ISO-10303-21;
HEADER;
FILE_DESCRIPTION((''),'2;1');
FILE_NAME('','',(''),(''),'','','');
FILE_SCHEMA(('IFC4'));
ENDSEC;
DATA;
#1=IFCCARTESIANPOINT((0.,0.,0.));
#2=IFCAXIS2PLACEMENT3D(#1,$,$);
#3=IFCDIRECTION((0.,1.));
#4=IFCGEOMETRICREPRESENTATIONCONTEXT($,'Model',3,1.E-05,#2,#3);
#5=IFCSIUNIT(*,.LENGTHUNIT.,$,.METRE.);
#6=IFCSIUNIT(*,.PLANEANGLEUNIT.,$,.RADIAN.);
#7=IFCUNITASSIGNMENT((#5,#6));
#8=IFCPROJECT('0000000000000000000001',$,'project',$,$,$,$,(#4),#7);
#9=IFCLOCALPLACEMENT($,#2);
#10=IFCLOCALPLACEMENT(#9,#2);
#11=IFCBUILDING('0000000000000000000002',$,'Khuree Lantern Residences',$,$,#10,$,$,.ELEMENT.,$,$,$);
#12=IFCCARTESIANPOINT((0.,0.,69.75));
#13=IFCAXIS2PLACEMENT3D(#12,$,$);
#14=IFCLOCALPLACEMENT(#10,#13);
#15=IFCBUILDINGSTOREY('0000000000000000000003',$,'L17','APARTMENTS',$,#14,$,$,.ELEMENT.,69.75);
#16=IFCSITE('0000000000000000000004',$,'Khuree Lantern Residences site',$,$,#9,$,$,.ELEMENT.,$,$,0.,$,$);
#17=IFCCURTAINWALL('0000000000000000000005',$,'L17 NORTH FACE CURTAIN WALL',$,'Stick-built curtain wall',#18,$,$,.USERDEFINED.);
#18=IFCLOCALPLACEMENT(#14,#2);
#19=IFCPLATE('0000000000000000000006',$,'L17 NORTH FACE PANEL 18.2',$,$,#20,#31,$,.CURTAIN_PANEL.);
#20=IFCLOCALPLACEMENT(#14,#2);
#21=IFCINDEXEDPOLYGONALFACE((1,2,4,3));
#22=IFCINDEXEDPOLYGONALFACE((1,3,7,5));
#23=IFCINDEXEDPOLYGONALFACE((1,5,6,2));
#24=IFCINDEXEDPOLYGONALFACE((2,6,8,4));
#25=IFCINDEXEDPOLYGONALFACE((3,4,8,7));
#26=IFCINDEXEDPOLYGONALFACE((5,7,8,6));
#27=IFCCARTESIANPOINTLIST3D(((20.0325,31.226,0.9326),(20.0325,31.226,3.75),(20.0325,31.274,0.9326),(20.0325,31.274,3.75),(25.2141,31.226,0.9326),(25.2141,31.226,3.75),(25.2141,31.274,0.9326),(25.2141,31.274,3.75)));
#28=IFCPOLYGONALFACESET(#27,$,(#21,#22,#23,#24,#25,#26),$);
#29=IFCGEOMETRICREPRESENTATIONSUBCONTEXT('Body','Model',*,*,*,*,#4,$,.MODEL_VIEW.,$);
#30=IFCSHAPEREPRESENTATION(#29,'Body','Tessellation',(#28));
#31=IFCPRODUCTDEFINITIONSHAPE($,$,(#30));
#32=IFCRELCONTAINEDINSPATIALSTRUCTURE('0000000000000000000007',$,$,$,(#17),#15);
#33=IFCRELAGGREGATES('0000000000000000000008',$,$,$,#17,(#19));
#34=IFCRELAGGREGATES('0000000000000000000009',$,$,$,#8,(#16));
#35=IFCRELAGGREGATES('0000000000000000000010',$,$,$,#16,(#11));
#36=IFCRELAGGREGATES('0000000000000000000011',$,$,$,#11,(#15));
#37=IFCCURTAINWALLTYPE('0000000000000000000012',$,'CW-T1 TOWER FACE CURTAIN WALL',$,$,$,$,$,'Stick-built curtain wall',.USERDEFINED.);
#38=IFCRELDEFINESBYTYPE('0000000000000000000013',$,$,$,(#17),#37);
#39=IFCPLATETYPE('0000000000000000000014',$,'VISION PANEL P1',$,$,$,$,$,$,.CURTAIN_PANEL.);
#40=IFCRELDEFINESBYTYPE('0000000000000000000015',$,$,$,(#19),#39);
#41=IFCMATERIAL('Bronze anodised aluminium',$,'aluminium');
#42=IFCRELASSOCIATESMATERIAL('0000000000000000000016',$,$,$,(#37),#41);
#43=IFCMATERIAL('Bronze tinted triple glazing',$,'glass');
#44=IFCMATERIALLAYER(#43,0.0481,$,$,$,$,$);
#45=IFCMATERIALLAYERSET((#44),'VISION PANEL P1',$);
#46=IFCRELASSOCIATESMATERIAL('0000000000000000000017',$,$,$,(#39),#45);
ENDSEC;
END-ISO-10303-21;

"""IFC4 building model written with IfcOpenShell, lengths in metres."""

from ifc_helpers import new_model, si_unit, direction, frame, origin, origin_2d, place, context, subcontext, project, spatial, rectangle, extrude, material, layer, layer_set, type_object, element, aggregate, save


model = new_model("IFC4")

# Units and contexts
model_context = context("Model", 3, precision=1e-05, world=origin(), true_north=direction((0.0, 1.0)))
body_context = subcontext(model_context, "Body", "Model", "MODEL_VIEW")
ifc_project = project(units=[si_unit("LENGTHUNIT", "METRE"), si_unit("PLANEANGLEUNIT", "RADIAN")], contexts=[model_context])

# Site, building, storey
site_placement = place(None, origin())
site = spatial("IfcSite", under=ifc_project, at=site_placement, Name="Khuree Lantern Residences site", CompositionType="ELEMENT", RefElevation=0.0)
building_placement = place(site_placement, origin())
building = spatial("IfcBuilding", under=site, at=building_placement, Name="Khuree Lantern Residences", CompositionType="ELEMENT")
storey_placement = place(building_placement, frame((0.0, 0.0, 69.75)))
storey = spatial("IfcBuildingStorey", under=building, at=storey_placement, Name="L17", Description="APARTMENTS", CompositionType="ELEMENT", Elevation=69.75)

# Shared definitions
ifc_material_1 = material(Name="Bronze anodised aluminium", Category="aluminium")
curtain_wall_type_1 = type_object("IfcCurtainWallType", Name="CW-T1 TOWER FACE CURTAIN WALL", ElementType="Stick-built curtain wall", PredefinedType="USERDEFINED", material=ifc_material_1)

# Curtain wall
curtain_wall_1_placement = place(storey_placement, origin())
curtain_wall_1 = element("IfcCurtainWall", 1, at=curtain_wall_1_placement, inside=storey, type_object=curtain_wall_type_1, Name="L17 NORTH FACE CURTAIN WALL", ObjectType="Stick-built curtain wall", PredefinedType="USERDEFINED")

# Plate
ifc_material_2 = material(Name="Bronze tinted triple glazing", Category="glass")
ifc_layer_1 = layer(ifc_material_2, 0.0481)
ifc_layer_set_1 = layer_set([ifc_layer_1], Name="VISION PANEL P1")
plate_type_1 = type_object("IfcPlateType", Name="VISION PANEL P1", PredefinedType="CURTAIN_PANEL", material=ifc_layer_set_1)
plate_1_placement = place(storey_placement, frame((22.6233, 31.25, 0.9326), z_axis=(0.0, 0.0, 1.0), x_axis=(-1.0, 0.0, 0.0)))
plate_1 = element("IfcPlate", 2, at=plate_1_placement, type_object=plate_type_1, Name="L17 NORTH FACE PANEL 18.2", PredefinedType="CURTAIN_PANEL", context=body_context, shape_type="SweptSolid", body=[
    extrude(rectangle(XDim=5.1816, YDim=0.0481, at=origin_2d()), origin(), (0.0, 0.0, 1.0), 2.8174),
])
aggregate(curtain_wall_1, [plate_1])

save(model, "model.ifc")
